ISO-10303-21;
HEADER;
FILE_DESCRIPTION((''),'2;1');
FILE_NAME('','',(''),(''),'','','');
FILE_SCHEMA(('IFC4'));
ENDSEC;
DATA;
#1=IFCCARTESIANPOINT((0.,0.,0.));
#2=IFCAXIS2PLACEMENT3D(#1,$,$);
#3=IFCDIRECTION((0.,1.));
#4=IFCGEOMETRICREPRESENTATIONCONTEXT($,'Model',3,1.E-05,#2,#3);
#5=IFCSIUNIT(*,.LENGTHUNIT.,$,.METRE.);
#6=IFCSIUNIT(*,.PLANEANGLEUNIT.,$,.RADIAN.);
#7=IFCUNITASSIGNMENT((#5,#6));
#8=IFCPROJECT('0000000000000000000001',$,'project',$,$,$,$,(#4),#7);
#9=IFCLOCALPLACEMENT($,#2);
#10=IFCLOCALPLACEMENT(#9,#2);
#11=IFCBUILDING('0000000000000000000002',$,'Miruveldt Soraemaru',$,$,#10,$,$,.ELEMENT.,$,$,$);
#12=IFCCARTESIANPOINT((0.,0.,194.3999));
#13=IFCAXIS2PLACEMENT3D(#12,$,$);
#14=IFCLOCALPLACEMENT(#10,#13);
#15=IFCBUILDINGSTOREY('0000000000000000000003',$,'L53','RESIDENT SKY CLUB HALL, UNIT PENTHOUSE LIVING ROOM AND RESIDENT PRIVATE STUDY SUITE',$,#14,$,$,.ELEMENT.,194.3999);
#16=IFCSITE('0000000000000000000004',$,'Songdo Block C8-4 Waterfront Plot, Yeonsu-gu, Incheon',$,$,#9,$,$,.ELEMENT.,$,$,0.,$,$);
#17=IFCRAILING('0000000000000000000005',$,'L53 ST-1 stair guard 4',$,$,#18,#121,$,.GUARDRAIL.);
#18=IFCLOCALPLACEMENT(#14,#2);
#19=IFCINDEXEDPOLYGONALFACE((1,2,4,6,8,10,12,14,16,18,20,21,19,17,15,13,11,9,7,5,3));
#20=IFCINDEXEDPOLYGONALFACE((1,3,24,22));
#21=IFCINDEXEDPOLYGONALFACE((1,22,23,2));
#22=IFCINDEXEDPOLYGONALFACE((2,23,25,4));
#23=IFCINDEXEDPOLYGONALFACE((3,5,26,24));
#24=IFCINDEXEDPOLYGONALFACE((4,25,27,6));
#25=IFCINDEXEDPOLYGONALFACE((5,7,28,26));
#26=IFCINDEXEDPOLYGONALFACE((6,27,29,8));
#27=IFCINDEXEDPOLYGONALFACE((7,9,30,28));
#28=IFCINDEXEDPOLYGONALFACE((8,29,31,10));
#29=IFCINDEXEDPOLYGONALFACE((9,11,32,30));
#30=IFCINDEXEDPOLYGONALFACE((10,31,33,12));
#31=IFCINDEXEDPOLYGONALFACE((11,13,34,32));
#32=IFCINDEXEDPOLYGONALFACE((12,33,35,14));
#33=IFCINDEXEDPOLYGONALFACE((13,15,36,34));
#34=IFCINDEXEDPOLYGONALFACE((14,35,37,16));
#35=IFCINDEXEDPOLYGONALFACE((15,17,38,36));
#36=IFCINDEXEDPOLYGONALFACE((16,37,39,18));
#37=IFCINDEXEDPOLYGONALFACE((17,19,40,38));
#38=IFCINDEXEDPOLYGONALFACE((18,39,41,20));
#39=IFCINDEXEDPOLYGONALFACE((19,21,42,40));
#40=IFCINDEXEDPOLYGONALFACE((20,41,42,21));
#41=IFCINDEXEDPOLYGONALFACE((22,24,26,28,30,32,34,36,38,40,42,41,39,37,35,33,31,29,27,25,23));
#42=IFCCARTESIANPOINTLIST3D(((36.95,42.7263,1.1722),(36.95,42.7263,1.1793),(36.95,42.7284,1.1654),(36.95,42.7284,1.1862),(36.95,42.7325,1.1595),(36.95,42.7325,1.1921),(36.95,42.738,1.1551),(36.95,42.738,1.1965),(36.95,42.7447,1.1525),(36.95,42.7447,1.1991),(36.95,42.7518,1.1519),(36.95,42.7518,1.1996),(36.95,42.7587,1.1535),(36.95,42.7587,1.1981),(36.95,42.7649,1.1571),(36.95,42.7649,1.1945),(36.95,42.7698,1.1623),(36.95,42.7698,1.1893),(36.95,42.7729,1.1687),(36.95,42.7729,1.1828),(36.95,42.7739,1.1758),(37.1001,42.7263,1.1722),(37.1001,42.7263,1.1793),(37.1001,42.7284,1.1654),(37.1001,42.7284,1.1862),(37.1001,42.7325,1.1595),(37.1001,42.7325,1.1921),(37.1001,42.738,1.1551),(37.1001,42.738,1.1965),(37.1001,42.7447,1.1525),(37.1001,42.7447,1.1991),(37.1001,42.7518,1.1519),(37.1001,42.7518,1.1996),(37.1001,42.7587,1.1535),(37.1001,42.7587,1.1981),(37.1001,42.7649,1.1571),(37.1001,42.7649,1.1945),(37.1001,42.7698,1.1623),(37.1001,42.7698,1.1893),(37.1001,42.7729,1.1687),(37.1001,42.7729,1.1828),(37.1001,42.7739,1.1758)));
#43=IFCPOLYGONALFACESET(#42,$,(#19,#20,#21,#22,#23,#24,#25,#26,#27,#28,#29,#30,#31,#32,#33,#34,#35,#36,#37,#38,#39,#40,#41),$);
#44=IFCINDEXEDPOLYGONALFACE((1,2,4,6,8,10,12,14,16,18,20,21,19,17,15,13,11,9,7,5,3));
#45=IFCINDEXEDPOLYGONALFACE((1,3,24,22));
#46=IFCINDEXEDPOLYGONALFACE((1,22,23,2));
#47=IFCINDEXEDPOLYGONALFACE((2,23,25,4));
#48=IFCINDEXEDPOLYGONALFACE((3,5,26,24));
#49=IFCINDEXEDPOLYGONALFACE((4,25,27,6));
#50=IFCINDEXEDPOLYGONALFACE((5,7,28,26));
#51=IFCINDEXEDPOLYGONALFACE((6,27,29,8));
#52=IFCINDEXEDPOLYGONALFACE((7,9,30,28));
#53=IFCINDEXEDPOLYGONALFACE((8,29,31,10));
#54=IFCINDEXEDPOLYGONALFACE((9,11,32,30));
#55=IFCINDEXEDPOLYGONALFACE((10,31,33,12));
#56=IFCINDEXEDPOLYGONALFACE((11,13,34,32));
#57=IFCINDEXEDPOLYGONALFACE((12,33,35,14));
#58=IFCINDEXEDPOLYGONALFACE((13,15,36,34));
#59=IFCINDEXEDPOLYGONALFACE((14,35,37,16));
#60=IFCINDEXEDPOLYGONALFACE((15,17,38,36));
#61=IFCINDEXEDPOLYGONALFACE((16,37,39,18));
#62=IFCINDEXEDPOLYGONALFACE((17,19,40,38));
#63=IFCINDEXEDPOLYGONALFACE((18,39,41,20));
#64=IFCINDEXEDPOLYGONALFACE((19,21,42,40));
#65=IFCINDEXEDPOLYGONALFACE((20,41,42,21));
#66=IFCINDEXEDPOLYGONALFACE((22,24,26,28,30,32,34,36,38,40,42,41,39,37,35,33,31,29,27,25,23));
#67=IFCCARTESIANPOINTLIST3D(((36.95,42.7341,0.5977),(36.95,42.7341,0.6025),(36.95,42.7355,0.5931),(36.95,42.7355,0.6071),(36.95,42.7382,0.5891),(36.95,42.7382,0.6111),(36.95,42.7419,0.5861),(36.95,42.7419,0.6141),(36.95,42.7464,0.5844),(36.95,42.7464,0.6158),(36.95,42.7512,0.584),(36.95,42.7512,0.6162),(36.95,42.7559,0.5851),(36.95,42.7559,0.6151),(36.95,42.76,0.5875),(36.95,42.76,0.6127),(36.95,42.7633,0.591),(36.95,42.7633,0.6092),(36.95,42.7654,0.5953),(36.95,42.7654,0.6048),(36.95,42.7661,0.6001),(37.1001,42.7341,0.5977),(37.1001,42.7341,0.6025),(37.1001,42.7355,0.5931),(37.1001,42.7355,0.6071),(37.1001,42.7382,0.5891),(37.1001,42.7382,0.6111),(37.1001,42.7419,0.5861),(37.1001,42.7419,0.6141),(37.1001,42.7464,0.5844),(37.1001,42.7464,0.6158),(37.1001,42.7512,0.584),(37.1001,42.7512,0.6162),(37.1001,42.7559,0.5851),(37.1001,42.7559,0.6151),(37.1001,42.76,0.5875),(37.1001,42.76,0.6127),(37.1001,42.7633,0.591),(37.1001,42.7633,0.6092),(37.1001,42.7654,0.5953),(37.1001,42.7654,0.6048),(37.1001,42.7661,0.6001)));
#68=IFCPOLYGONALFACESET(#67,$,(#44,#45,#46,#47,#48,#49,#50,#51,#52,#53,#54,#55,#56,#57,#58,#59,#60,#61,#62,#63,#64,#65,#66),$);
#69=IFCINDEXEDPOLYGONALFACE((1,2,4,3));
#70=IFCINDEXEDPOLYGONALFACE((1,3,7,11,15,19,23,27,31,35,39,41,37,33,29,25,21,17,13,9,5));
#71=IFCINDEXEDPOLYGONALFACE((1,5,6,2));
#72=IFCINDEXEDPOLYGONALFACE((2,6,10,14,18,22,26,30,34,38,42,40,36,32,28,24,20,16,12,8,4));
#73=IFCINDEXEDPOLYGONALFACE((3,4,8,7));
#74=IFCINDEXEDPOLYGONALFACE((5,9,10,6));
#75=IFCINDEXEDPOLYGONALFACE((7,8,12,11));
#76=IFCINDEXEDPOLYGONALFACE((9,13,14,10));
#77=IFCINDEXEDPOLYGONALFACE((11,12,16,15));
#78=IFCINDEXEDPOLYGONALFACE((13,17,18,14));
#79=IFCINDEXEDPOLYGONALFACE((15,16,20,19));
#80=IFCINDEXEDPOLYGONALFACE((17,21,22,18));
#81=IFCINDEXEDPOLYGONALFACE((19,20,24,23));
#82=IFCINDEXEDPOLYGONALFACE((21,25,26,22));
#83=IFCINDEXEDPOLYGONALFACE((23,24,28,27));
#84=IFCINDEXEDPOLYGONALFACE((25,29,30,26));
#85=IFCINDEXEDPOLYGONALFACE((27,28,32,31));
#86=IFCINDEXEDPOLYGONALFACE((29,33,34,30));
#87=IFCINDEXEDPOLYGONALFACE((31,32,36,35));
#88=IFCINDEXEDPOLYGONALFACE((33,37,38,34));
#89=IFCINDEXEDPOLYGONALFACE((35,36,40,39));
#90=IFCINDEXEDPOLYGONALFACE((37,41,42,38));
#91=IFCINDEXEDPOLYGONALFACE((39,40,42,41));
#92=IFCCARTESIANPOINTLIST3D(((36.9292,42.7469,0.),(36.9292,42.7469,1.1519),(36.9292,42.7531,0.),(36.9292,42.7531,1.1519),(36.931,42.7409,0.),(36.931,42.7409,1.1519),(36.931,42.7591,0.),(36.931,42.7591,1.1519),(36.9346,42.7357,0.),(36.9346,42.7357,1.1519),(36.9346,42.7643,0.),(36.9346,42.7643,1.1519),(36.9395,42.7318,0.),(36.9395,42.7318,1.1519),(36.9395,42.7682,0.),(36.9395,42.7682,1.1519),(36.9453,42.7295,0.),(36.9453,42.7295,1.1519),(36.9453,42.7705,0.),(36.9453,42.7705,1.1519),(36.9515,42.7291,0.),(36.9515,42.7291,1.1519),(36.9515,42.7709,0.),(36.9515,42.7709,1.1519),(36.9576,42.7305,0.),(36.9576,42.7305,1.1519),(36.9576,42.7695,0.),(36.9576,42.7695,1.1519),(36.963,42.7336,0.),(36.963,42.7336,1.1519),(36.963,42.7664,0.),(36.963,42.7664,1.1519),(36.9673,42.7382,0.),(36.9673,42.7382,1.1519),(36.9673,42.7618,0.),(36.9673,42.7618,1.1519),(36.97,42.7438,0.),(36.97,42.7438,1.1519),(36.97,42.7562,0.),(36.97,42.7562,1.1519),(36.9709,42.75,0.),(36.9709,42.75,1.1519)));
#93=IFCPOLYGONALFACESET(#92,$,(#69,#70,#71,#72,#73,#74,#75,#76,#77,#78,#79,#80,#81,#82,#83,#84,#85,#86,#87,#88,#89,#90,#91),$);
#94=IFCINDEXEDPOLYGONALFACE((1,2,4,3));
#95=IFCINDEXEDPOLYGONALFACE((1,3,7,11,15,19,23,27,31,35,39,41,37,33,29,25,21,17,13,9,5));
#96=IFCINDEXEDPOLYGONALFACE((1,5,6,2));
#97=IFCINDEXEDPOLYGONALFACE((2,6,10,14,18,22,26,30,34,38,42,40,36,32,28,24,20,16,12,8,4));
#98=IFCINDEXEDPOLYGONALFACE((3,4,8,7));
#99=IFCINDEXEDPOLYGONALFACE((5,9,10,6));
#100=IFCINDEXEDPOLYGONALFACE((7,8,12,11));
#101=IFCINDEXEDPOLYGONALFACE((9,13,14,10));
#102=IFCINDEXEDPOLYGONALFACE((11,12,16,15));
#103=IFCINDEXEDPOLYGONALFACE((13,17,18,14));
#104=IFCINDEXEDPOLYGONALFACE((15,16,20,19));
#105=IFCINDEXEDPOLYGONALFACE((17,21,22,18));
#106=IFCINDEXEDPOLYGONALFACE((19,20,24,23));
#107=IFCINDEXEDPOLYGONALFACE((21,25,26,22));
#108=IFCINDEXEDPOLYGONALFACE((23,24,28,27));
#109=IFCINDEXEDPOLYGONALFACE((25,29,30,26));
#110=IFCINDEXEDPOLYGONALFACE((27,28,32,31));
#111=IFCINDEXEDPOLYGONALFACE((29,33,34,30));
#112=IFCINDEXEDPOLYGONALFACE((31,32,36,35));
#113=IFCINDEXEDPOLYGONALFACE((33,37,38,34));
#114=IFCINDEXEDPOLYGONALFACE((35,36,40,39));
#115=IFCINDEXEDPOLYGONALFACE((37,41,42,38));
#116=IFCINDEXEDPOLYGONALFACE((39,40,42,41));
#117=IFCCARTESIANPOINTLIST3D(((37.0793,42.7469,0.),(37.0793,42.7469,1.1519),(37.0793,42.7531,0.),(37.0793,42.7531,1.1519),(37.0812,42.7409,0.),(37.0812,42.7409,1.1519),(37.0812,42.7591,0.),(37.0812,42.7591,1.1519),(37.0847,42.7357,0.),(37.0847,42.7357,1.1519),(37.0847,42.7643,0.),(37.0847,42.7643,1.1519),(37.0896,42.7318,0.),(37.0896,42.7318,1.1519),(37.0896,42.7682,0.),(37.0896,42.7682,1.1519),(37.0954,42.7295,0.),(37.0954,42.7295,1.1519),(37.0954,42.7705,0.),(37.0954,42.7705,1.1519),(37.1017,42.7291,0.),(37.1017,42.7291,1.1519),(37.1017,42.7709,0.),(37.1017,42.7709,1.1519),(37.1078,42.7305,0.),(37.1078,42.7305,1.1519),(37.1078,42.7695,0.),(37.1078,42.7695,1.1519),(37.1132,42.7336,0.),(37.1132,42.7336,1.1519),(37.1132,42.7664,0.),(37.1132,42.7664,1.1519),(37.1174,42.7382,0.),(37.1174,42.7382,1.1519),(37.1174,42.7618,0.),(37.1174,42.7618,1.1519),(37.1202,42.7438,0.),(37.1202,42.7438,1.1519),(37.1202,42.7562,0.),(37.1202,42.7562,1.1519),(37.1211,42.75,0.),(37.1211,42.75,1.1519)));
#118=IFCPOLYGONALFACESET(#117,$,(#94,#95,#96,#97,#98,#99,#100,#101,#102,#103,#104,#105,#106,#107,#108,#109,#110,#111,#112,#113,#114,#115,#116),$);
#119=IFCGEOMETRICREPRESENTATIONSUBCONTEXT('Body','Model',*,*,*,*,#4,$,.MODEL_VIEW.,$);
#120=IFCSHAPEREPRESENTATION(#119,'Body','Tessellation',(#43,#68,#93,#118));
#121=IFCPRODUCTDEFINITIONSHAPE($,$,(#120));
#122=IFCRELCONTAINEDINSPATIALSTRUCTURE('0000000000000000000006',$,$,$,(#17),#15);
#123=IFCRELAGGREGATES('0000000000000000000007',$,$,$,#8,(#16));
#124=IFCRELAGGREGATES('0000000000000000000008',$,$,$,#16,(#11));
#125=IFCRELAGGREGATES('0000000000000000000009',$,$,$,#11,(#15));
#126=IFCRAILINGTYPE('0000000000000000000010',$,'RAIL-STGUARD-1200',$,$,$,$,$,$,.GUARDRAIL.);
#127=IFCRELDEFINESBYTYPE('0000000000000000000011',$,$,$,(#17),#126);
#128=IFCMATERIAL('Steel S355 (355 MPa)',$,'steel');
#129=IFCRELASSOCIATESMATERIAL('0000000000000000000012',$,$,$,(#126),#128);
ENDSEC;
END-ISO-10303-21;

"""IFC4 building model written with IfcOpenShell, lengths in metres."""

from ifc_helpers import new_model, si_unit, direction, frame, origin, origin_2d, place, context, subcontext, project, spatial, circle, extrude, material, type_object, element, save


model = new_model("IFC4")

# Units and contexts
model_context = context("Model", 3, precision=1e-05, world=origin(), true_north=direction((0.0, 1.0)))
body_context = subcontext(model_context, "Body", "Model", "MODEL_VIEW")
ifc_project = project(units=[si_unit("LENGTHUNIT", "METRE"), si_unit("PLANEANGLEUNIT", "RADIAN")], contexts=[model_context])

# Site, building, storey
site_placement = place(None, origin())
site = spatial("IfcSite", under=ifc_project, at=site_placement, Name="Songdo Block C8-4 Waterfront Plot, Yeonsu-gu, Incheon", CompositionType="ELEMENT", RefElevation=0.0)
building_placement = place(site_placement, origin())
building = spatial("IfcBuilding", under=site, at=building_placement, Name="Miruveldt Soraemaru", CompositionType="ELEMENT")
storey_placement = place(building_placement, frame((0.0, 0.0, 194.3999)))
storey = spatial("IfcBuildingStorey", under=building, at=storey_placement, Name="L53", Description="RESIDENT SKY CLUB HALL, UNIT PENTHOUSE LIVING ROOM AND RESIDENT PRIVATE STUDY SUITE", CompositionType="ELEMENT", Elevation=194.3999)

# Railing
ifc_material_1 = material(Name="Steel S355 (355 MPa)", Category="steel")
railing_type = type_object("IfcRailingType", Name="RAIL-STGUARD-1200", PredefinedType="GUARDRAIL", material=ifc_material_1)
railing_1_placement = place(storey_placement, frame((36.95, 42.75, 0.0)))
element("IfcRailing", 1, at=railing_1_placement, inside=storey, type_object=railing_type, Name="L53 ST-1 stair guard 4", PredefinedType="GUARDRAIL", context=body_context, shape_type="SweptSolid", body=[
    extrude(circle(Radius=0.0239, at=origin_2d()), frame((0.0, 0.0, 1.1758), z_axis=(1.0, 0.0, 0.0), x_axis=(0.0, 1.0, 0.0)), (0.0, 0.0, 1.0), 0.1501),
    extrude(circle(Radius=0.0161, at=origin_2d()), frame((0.0, 0.0, 0.6001), z_axis=(1.0, 0.0, 0.0), x_axis=(0.0, 1.0, 0.0)), (0.0, 0.0, 1.0), 0.1501),
    extrude(circle(Radius=0.021, at=origin_2d()), origin(), (0.0, 0.0, 1.0), 1.1519),
    extrude(circle(Radius=0.021, at=origin_2d()), frame((0.1501, 0.0, 0.0)), (0.0, 0.0, 1.0), 1.1519),
])

save(model, "model.ifc")
